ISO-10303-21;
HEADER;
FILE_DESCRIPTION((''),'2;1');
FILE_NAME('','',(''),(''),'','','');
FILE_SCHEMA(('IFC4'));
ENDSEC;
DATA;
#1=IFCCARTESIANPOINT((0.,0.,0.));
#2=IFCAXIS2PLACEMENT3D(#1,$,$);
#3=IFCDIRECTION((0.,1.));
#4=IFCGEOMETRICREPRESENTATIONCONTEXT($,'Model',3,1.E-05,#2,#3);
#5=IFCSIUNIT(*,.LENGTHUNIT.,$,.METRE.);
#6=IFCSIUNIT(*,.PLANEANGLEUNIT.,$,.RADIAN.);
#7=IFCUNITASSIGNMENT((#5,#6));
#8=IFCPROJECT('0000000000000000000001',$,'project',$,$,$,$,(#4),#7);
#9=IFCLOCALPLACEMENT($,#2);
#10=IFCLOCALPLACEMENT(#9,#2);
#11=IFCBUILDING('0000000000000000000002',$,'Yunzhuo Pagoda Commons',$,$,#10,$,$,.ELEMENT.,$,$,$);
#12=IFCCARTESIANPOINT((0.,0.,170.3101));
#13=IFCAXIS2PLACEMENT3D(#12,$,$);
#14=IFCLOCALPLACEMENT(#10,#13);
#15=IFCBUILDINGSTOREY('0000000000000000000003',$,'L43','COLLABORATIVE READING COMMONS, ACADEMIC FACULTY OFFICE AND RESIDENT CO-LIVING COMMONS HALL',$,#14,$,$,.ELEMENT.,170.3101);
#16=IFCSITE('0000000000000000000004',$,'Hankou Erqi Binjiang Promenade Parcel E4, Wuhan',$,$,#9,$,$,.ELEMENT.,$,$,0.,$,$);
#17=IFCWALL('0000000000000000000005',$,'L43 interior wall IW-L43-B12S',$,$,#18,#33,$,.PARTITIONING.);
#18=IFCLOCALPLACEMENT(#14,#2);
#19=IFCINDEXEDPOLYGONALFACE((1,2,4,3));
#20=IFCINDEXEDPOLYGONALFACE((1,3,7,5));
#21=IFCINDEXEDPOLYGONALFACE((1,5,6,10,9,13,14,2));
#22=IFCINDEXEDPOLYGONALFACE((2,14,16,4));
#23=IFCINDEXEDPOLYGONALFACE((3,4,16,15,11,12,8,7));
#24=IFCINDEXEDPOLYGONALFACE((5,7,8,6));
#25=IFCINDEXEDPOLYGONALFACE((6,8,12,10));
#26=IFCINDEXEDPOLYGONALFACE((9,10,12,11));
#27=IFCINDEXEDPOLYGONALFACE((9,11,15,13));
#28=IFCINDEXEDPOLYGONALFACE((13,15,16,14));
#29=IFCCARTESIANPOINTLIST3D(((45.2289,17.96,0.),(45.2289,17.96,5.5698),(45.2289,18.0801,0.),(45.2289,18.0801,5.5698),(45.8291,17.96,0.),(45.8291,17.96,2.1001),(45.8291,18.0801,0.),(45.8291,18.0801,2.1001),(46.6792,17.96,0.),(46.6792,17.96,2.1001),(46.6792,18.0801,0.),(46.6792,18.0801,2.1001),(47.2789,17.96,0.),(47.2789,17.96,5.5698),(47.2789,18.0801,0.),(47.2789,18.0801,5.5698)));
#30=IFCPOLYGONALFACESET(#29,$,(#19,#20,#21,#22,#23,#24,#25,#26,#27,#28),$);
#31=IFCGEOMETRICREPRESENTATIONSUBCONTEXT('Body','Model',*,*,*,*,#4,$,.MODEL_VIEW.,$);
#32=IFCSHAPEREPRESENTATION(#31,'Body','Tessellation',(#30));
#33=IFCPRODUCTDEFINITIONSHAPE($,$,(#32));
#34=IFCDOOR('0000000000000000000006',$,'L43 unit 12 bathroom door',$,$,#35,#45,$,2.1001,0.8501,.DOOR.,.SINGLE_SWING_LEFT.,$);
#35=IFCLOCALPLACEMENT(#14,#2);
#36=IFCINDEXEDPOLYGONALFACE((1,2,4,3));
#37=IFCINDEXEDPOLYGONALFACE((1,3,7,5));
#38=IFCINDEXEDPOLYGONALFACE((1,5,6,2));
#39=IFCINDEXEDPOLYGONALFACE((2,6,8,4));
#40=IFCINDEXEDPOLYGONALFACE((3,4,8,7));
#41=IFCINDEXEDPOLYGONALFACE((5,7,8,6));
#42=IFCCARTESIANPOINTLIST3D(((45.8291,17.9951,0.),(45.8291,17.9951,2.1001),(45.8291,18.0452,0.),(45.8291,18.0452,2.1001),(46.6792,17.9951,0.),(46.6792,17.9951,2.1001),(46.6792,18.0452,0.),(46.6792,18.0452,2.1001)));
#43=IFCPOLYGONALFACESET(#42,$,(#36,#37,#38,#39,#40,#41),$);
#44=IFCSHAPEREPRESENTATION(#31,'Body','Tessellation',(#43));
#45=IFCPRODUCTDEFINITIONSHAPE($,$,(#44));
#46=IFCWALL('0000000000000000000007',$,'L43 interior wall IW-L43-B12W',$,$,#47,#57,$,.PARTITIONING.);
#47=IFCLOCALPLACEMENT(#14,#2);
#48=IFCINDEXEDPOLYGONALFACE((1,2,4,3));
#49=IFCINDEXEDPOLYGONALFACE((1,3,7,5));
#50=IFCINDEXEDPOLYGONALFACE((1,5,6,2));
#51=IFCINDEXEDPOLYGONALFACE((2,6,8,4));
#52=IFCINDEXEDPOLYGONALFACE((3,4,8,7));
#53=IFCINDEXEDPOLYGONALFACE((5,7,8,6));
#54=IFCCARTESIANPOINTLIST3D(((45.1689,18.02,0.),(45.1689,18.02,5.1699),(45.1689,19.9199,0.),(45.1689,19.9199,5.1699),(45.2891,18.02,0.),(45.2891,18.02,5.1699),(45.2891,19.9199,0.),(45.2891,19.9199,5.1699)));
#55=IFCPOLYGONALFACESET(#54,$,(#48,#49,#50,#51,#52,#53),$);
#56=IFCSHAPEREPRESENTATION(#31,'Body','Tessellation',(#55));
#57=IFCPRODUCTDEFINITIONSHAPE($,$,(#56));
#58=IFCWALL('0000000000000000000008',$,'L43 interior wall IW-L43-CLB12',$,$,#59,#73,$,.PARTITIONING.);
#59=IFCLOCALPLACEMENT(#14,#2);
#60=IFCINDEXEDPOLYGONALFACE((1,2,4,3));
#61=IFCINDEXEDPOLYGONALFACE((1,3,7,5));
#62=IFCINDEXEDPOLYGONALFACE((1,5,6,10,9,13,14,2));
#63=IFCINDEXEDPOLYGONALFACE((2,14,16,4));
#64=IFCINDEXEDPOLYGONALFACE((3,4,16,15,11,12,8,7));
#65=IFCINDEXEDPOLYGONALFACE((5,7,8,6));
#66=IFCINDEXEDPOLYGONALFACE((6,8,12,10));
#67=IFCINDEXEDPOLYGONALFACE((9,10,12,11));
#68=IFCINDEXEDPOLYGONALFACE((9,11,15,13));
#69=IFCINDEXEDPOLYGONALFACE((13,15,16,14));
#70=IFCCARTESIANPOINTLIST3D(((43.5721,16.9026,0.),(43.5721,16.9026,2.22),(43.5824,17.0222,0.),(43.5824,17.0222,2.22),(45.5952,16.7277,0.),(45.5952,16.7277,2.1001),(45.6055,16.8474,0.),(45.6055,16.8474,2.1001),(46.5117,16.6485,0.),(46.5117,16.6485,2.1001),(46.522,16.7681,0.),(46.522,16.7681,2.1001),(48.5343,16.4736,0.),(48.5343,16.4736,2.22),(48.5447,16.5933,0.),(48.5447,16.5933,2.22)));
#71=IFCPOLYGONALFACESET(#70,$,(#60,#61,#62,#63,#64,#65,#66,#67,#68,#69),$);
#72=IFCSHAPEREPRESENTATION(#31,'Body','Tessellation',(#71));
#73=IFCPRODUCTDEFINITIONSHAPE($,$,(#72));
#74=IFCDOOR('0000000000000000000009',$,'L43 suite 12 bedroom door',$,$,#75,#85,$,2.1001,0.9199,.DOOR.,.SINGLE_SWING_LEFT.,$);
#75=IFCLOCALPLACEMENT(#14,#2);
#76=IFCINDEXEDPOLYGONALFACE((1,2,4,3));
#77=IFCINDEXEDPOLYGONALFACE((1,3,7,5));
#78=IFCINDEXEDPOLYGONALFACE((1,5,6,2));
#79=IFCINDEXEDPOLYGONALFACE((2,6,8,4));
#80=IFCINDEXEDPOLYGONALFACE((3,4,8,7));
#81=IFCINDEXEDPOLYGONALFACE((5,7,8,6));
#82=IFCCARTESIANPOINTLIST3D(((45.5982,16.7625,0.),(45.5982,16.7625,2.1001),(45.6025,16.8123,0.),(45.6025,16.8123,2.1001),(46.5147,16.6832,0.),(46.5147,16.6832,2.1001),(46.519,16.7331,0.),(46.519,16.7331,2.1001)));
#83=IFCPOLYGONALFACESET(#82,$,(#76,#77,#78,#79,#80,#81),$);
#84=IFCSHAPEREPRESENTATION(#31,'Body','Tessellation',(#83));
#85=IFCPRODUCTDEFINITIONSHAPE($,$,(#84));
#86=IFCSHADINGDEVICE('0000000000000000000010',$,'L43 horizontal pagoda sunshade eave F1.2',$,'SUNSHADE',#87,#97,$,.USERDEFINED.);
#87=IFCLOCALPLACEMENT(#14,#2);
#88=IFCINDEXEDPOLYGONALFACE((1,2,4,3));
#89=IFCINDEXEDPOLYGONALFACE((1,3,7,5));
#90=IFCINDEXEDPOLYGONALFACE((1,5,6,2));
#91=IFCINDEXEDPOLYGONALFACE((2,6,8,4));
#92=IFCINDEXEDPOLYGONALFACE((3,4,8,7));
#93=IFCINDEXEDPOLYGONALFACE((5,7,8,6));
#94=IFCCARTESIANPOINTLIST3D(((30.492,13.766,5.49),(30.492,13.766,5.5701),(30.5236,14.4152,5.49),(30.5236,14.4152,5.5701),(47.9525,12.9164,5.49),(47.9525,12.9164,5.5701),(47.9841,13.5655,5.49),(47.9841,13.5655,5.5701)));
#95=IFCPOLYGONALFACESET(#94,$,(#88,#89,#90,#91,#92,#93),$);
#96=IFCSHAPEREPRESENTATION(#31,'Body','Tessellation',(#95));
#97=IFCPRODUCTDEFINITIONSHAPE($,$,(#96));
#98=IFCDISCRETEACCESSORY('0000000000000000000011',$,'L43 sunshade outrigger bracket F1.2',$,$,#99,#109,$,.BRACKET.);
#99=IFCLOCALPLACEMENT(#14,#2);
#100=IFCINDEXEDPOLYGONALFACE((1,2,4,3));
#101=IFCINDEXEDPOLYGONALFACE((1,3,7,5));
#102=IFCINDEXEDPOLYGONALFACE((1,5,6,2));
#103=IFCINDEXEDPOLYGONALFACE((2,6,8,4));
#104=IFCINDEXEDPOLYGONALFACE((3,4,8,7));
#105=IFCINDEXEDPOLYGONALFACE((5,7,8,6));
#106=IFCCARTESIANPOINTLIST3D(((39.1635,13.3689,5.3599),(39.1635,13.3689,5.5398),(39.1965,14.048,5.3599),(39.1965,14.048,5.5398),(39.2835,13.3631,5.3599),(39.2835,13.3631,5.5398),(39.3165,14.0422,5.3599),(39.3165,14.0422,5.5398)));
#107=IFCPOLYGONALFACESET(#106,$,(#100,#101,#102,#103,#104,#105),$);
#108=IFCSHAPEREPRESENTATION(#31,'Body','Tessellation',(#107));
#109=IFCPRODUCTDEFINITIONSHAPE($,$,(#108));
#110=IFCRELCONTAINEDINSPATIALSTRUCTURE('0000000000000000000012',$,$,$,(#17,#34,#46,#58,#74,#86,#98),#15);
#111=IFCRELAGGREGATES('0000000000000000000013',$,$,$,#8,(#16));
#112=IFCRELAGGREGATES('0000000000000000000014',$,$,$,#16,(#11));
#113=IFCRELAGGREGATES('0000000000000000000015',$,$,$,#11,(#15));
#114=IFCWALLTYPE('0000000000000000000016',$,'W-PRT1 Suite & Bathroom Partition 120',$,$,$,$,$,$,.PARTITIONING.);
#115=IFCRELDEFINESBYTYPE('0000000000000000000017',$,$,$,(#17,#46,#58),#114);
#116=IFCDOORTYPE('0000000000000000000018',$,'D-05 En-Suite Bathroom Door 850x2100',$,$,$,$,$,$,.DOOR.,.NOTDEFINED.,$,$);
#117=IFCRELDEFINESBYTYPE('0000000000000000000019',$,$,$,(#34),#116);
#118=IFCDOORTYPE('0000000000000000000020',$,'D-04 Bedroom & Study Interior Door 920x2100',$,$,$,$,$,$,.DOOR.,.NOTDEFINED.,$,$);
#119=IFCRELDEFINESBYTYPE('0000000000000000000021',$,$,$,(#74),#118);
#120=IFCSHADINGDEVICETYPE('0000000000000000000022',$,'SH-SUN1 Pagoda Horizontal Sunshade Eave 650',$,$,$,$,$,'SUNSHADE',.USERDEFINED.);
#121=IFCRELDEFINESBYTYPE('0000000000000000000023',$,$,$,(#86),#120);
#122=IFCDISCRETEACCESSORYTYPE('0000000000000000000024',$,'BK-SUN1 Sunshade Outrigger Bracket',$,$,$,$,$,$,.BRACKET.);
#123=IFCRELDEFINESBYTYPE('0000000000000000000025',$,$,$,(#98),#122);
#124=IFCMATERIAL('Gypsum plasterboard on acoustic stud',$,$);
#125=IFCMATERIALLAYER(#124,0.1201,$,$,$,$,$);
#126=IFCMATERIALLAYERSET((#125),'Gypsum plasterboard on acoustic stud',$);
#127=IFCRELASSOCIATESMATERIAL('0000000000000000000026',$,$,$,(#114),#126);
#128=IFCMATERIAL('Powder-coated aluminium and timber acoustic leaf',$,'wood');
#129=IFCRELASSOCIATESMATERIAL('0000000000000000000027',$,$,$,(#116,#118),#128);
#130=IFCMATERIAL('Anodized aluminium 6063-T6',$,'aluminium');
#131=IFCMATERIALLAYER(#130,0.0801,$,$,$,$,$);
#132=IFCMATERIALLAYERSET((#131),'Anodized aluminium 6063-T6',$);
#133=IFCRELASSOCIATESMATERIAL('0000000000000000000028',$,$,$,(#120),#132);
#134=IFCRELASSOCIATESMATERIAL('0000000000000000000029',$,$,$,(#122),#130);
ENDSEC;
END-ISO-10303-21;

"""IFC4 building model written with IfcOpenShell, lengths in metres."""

from ifc_helpers import new_model, si_unit, direction, frame, frame_2d, origin, origin_with_axes, origin_2d, place, context, subcontext, project, spatial, rectangle, extrude, source, transform, mapped, material, layer, layer_set, type_object, element, fill, save


model = new_model("IFC4")

# Units and contexts
model_context = context("Model", 3, precision=1e-05, world=origin(), true_north=direction((0.0, 1.0)))
body_context = subcontext(model_context, "Body", "Model", "MODEL_VIEW")
ifc_project = project(units=[si_unit("LENGTHUNIT", "METRE"), si_unit("PLANEANGLEUNIT", "RADIAN")], contexts=[model_context])

# Site, building, storey
site_placement = place(None, origin())
site = spatial("IfcSite", under=ifc_project, at=site_placement, Name="Hankou Erqi Binjiang Promenade Parcel E4, Wuhan", CompositionType="ELEMENT", RefElevation=0.0)
building_placement = place(site_placement, origin())
building = spatial("IfcBuilding", under=site, at=building_placement, Name="Yunzhuo Pagoda Commons", CompositionType="ELEMENT")
storey_placement = place(building_placement, frame((0.0, 0.0, 170.3101)))
storey = spatial("IfcBuildingStorey", under=building, at=storey_placement, Name="L43", Description="COLLABORATIVE READING COMMONS, ACADEMIC FACULTY OFFICE AND RESIDENT CO-LIVING COMMONS HALL", CompositionType="ELEMENT", Elevation=170.3101)

# Shared definitions
ifc_material_1 = material(Name="Anodized aluminium 6063-T6", Category="aluminium")

# Wall, opening, door
ifc_material_2 = material(Name="Gypsum plasterboard on acoustic stud")
ifc_layer_1 = layer(ifc_material_2, 0.1201)
ifc_layer_set_1 = layer_set([ifc_layer_1], Name="Gypsum plasterboard on acoustic stud")
wall_type = type_object("IfcWallType", Name="W-PRT1 Suite & Bathroom Partition 120", PredefinedType="PARTITIONING", material=ifc_layer_set_1)
wall_1_placement = place(storey_placement, frame((45.229, 18.02, 0.0), z_axis=(0.0, 0.0, 1.0), x_axis=(1.0, 0.0, 0.0)))
wall_1 = element("IfcWall", 1, at=wall_1_placement, inside=storey, type_object=wall_type, Name="L43 interior wall IW-L43-B12S", PredefinedType="PARTITIONING", context=body_context, shape_type="SweptSolid", body=[
    extrude(rectangle(XDim=2.05, YDim=0.1201, at=frame_2d((1.0249, 0.0))), origin(), (0.0, 0.0, 1.0), 5.5698),
])
opening_1_placement = place(wall_1_placement, frame((0.6001, 0.0, 0.0)))
opening_1 = element("IfcOpeningElement", 2, at=opening_1_placement, cuts=wall_1, PredefinedType="OPENING", context=body_context, shape_type="SweptSolid", body=[
    extrude(rectangle(XDim=0.8501, YDim=2.1001, at=frame_2d((0.425, 1.05))), frame((0.0, 0.0701, 0.0), z_axis=(0.0, -1.0, 0.0), x_axis=(1.0, 0.0, 0.0)), (0.0, 0.0, 1.0), 0.1401),
])
ifc_material_3 = material(Name="Powder-coated aluminium and timber acoustic leaf", Category="wood")
door_type_1 = type_object("IfcDoorType", Name="D-05 En-Suite Bathroom Door 850x2100", OperationType="NOTDEFINED", PredefinedType="DOOR", material=ifc_material_3)
shared_shape_1 = source(origin(), body_context, "Body", "SweptSolid", [
    extrude(rectangle(XDim=0.8501, YDim=2.1001, at=frame_2d((0.425, 1.05))), frame((0.0, 0.0249, 0.0), z_axis=(0.0, -1.0, 0.0), x_axis=(1.0, 0.0, 0.0)), (0.0, 0.0, 1.0), 0.05),
])
door_1_placement = place(opening_1_placement, frame((0.8501, 0.0, 0.0), z_axis=(0.0, 0.0, 1.0), x_axis=(-1.0, 0.0, 0.0)))
door_1 = element("IfcDoor", 3, at=door_1_placement, inside=storey, type_object=door_type_1, Name="L43 unit 12 bathroom door", OperationType="SINGLE_SWING_LEFT", OverallHeight=2.1001, OverallWidth=0.8501, PredefinedType="DOOR", context=body_context, shape_type="MappedRepresentation", body=[
    mapped(shared_shape_1, transform((0.0, 0.0, 0.0), scale=1.0)),
])
fill(opening_1, door_1)

# Wall
wall_2_placement = place(storey_placement, frame((45.229, 19.9199, 0.0), z_axis=(0.0, 0.0, 1.0), x_axis=(0.0, -1.0, 0.0)))
element("IfcWall", 4, at=wall_2_placement, inside=storey, type_object=wall_type, Name="L43 interior wall IW-L43-B12W", PredefinedType="PARTITIONING", context=body_context, shape_type="SweptSolid", body=[
    extrude(rectangle(XDim=1.8999, YDim=0.1201, at=frame_2d((0.95, 0.0))), origin(), (0.0, 0.0, 1.0), 5.1699),
])

# Wall, opening, door
wall_3_placement = place(storey_placement, frame((43.5774, 16.9624, 0.0), z_axis=(0.0, 0.0, 1.0), x_axis=(0.996284, -0.086124, 0.0)))
wall_3 = element("IfcWall", 5, at=wall_3_placement, inside=storey, type_object=wall_type, Name="L43 interior wall IW-L43-CLB12", PredefinedType="PARTITIONING", context=body_context, shape_type="SweptSolid", body=[
    extrude(rectangle(XDim=4.9807, YDim=0.1201, at=frame_2d((2.4902, 0.0))), origin(), (0.0, 0.0, 1.0), 2.22),
])
opening_2_placement = place(wall_3_placement, frame((2.0305, 0.0, 0.0)))
opening_2 = element("IfcOpeningElement", 6, at=opening_2_placement, cuts=wall_3, PredefinedType="OPENING", context=body_context, shape_type="SweptSolid", body=[
    extrude(rectangle(XDim=0.9199, YDim=2.1001, at=frame_2d((0.46, 1.05))), frame((0.0, 0.0701, 0.0), z_axis=(0.0, -1.0, 0.0), x_axis=(1.0, 0.0, 0.0)), (0.0, 0.0, 1.0), 0.1401),
])
door_type_2 = type_object("IfcDoorType", Name="D-04 Bedroom & Study Interior Door 920x2100", OperationType="NOTDEFINED", PredefinedType="DOOR", material=ifc_material_3)
shared_shape_2 = source(origin(), body_context, "Body", "SweptSolid", [
    extrude(rectangle(XDim=0.9199, YDim=2.1001, at=frame_2d((0.46, 1.05))), frame((0.0, 0.0249, 0.0), z_axis=(0.0, -1.0, 0.0), x_axis=(1.0, 0.0, 0.0)), (0.0, 0.0, 1.0), 0.05),
])
door_2_placement = place(opening_2_placement, origin_with_axes())
door_2 = element("IfcDoor", 7, at=door_2_placement, inside=storey, type_object=door_type_2, Name="L43 suite 12 bedroom door", OperationType="SINGLE_SWING_LEFT", OverallHeight=2.1001, OverallWidth=0.9199, PredefinedType="DOOR", context=body_context, shape_type="MappedRepresentation", body=[
    mapped(shared_shape_2, transform((0.0, 0.0, 0.0), scale=1.0)),
])
fill(opening_2, door_2)

# Shading device
ifc_layer_2 = layer(ifc_material_1, 0.0801)
ifc_layer_set_2 = layer_set([ifc_layer_2], Name="Anodized aluminium 6063-T6")
shading_device_type = type_object("IfcShadingDeviceType", Name="SH-SUN1 Pagoda Horizontal Sunshade Eave 650", ElementType="SUNSHADE", PredefinedType="USERDEFINED", material=ifc_layer_set_2)
shared_shape_3 = source(origin(), body_context, "Body", "SweptSolid", [
    extrude(rectangle(XDim=17.4812, YDim=0.6499, at=origin_2d()), origin(), (0.0, 0.0, 1.0), 0.0801),
])
shading_device_placement = place(storey_placement, frame((39.238, 13.6658, 5.49), z_axis=(0.0, 0.0, 1.0), x_axis=(0.998818, -0.048606, 0.0)))
element("IfcShadingDevice", 8, at=shading_device_placement, inside=storey, type_object=shading_device_type, Name="L43 horizontal pagoda sunshade eave F1.2", ObjectType="SUNSHADE", PredefinedType="USERDEFINED", context=body_context, shape_type="MappedRepresentation", body=[
    mapped(shared_shape_3, transform((0.0, 0.0, 0.0), scale=1.0)),
])

# Discrete accessory
discrete_accessory_type = type_object("IfcDiscreteAccessoryType", Name="BK-SUN1 Sunshade Outrigger Bracket", PredefinedType="BRACKET", material=ifc_material_1)
shared_shape_4 = source(origin(), body_context, "Body", "SweptSolid", [
    extrude(rectangle(XDim=0.1201, YDim=0.6799, at=origin_2d()), origin(), (0.0, 0.0, 1.0), 0.1799),
])
discrete_accessory_placement = place(storey_placement, frame((39.24, 13.7056, 5.3599), z_axis=(0.0, 0.0, 1.0), x_axis=(0.998818, -0.048606, 0.0)))
element("IfcDiscreteAccessory", 9, at=discrete_accessory_placement, inside=storey, type_object=discrete_accessory_type, Name="L43 sunshade outrigger bracket F1.2", PredefinedType="BRACKET", context=body_context, shape_type="MappedRepresentation", body=[
    mapped(shared_shape_4, transform((0.0, 0.0, 0.0), scale=1.0)),
])

save(model, "model.ifc")
